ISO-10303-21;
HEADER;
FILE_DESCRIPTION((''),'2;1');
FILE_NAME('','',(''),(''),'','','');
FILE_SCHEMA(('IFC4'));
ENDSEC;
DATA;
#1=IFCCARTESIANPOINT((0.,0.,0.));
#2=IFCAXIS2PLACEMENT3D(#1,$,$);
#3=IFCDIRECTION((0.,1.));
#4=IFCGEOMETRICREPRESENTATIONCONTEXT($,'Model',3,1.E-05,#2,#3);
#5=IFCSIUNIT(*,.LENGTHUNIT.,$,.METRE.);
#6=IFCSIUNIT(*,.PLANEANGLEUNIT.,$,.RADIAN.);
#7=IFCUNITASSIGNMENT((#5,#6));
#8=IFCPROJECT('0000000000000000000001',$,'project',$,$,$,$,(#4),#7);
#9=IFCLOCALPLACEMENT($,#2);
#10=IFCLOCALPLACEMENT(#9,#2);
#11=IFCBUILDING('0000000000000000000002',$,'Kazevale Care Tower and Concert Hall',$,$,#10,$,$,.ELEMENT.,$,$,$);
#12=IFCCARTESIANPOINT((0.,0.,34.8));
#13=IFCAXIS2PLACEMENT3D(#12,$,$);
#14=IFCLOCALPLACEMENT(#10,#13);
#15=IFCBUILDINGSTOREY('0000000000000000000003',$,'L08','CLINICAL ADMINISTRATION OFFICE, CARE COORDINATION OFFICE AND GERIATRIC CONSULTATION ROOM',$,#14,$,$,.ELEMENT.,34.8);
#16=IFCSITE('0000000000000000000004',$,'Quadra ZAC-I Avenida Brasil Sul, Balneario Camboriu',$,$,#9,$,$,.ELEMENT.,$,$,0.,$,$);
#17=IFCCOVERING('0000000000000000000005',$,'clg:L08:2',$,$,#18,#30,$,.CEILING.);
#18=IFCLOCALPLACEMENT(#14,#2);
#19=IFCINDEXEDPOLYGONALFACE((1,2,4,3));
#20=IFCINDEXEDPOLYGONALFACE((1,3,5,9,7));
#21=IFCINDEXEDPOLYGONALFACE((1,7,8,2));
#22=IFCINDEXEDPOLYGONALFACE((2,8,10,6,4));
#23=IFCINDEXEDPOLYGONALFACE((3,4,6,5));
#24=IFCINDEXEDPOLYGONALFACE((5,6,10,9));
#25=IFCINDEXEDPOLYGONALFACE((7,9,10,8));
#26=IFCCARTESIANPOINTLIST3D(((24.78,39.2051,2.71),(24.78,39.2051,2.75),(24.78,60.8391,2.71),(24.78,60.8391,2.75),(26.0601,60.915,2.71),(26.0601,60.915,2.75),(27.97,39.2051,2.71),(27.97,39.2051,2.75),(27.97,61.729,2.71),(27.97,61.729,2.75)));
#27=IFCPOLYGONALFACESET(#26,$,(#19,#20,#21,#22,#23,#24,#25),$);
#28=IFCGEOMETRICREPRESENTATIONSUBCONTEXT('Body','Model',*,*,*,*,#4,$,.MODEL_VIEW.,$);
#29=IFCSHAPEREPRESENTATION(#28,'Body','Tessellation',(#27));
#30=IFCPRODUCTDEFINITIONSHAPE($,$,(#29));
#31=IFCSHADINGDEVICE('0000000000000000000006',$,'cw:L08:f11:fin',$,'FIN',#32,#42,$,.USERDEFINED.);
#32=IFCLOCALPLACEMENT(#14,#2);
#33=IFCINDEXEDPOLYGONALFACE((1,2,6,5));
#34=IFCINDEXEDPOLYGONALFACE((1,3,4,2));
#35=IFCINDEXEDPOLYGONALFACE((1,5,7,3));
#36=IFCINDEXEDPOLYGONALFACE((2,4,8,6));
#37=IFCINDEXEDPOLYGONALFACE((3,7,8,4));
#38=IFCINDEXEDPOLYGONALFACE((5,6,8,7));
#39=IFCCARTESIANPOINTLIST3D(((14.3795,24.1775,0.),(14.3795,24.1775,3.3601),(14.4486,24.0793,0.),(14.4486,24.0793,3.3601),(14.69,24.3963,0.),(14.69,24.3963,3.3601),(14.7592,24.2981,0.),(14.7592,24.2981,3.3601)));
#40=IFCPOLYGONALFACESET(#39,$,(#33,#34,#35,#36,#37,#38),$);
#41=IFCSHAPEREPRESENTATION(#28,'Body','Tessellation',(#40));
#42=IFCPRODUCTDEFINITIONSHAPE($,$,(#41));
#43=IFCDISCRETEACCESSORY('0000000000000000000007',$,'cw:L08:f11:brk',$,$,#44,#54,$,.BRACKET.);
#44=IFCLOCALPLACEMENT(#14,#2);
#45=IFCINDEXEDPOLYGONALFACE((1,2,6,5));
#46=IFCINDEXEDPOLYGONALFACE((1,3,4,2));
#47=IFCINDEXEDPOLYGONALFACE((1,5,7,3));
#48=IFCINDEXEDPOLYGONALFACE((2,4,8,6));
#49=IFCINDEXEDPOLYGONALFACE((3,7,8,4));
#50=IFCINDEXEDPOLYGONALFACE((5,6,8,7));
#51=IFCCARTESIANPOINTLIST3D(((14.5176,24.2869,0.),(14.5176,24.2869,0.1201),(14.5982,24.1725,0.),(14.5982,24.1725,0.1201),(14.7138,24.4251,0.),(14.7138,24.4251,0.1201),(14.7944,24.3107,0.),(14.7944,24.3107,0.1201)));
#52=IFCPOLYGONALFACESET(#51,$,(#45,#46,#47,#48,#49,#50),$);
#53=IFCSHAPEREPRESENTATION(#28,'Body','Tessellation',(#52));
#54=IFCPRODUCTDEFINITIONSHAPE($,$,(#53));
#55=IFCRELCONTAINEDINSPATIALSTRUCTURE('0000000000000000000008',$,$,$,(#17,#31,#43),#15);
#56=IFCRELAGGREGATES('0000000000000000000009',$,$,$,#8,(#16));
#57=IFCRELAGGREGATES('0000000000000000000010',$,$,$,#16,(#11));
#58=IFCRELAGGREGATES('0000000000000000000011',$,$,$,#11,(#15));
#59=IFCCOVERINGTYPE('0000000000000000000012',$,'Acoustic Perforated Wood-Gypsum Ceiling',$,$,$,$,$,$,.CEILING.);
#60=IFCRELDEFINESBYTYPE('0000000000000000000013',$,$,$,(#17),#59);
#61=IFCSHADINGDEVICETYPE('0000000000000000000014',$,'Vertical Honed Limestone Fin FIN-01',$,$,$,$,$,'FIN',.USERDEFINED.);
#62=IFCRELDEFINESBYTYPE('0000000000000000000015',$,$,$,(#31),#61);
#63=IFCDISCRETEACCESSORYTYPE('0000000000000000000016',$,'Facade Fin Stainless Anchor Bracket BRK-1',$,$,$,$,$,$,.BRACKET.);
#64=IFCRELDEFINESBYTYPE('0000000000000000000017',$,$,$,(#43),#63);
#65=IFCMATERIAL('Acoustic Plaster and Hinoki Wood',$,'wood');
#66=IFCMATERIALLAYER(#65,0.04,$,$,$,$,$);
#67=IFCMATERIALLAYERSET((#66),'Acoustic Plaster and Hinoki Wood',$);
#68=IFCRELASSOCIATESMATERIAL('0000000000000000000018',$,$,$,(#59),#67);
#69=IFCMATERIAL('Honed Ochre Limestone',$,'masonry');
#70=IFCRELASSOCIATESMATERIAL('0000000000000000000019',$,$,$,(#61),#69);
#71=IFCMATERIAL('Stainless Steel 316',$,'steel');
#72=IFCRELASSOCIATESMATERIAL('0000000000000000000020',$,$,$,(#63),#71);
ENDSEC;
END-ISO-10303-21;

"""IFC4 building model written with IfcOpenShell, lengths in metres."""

from ifc_helpers import new_model, si_unit, direction, frame, origin, origin_2d, place, context, subcontext, project, spatial, polyline, rectangle, outline, extrude, material, layer, layer_set, type_object, element, save


model = new_model("IFC4")

# Units and contexts
model_context = context("Model", 3, precision=1e-05, world=origin(), true_north=direction((0.0, 1.0)))
body_context = subcontext(model_context, "Body", "Model", "MODEL_VIEW")
ifc_project = project(units=[si_unit("LENGTHUNIT", "METRE"), si_unit("PLANEANGLEUNIT", "RADIAN")], contexts=[model_context])

# Site, building, storey
site_placement = place(None, origin())
site = spatial("IfcSite", under=ifc_project, at=site_placement, Name="Quadra ZAC-I Avenida Brasil Sul, Balneario Camboriu", CompositionType="ELEMENT", RefElevation=0.0)
building_placement = place(site_placement, origin())
building = spatial("IfcBuilding", under=site, at=building_placement, Name="Kazevale Care Tower and Concert Hall", CompositionType="ELEMENT")
storey_placement = place(building_placement, frame((0.0, 0.0, 34.8)))
storey = spatial("IfcBuildingStorey", under=building, at=storey_placement, Name="L08", Description="CLINICAL ADMINISTRATION OFFICE, CARE COORDINATION OFFICE AND GERIATRIC CONSULTATION ROOM", CompositionType="ELEMENT", Elevation=34.8)

# Covering
ifc_material_1 = material(Name="Acoustic Plaster and Hinoki Wood", Category="wood")
ifc_layer_1 = layer(ifc_material_1, 0.04)
ifc_layer_set_1 = layer_set([ifc_layer_1], Name="Acoustic Plaster and Hinoki Wood")
covering_type = type_object("IfcCoveringType", Name="Acoustic Perforated Wood-Gypsum Ceiling", PredefinedType="CEILING", material=ifc_layer_set_1)
covering_1_placement = place(storey_placement, frame((0.0, 0.0, 2.71)))
element("IfcCovering", 1, at=covering_1_placement, inside=storey, type_object=covering_type, Name="clg:L08:2", PredefinedType="CEILING", context=body_context, shape_type="SweptSolid", body=[
    extrude(outline(polyline([(24.78, 39.2051), (24.78, 60.8391), (26.0601, 60.915), (27.97, 61.729), (27.97, 39.2051), (24.78, 39.2051)])), origin(), (0.0, 0.0, 1.0), 0.04),
])

# Shading device
ifc_material_2 = material(Name="Honed Ochre Limestone", Category="masonry")
shading_device_type = type_object("IfcShadingDeviceType", Name="Vertical Honed Limestone Fin FIN-01", ElementType="FIN", PredefinedType="USERDEFINED", material=ifc_material_2)
shading_device_placement = place(storey_placement, frame((14.5693, 24.2378, 0.0), z_axis=(0.0, 0.0, 1.0), x_axis=(-0.817547, -0.575862, 0.0)))
element("IfcShadingDevice", 2, at=shading_device_placement, inside=storey, type_object=shading_device_type, Name="cw:L08:f11:fin", ObjectType="FIN", PredefinedType="USERDEFINED", context=body_context, shape_type="SweptSolid", body=[
    extrude(rectangle(XDim=0.3799, YDim=0.1201, at=origin_2d()), origin(), (0.0, 0.0, 1.0), 3.3601),
])

# Discrete accessory
ifc_material_3 = material(Name="Stainless Steel 316", Category="steel")
discrete_accessory_type = type_object("IfcDiscreteAccessoryType", Name="Facade Fin Stainless Anchor Bracket BRK-1", PredefinedType="BRACKET", material=ifc_material_3)
discrete_accessory_placement = place(storey_placement, frame((14.656, 24.2988, 0.0), z_axis=(0.0, 0.0, 1.0), x_axis=(-0.817547, -0.575862, 0.0)))
element("IfcDiscreteAccessory", 3, at=discrete_accessory_placement, inside=storey, type_object=discrete_accessory_type, Name="cw:L08:f11:brk", PredefinedType="BRACKET", context=body_context, shape_type="SweptSolid", body=[
    extrude(rectangle(XDim=0.24, YDim=0.1399, at=origin_2d()), origin(), (0.0, 0.0, 1.0), 0.1201),
])

save(model, "model.ifc")
